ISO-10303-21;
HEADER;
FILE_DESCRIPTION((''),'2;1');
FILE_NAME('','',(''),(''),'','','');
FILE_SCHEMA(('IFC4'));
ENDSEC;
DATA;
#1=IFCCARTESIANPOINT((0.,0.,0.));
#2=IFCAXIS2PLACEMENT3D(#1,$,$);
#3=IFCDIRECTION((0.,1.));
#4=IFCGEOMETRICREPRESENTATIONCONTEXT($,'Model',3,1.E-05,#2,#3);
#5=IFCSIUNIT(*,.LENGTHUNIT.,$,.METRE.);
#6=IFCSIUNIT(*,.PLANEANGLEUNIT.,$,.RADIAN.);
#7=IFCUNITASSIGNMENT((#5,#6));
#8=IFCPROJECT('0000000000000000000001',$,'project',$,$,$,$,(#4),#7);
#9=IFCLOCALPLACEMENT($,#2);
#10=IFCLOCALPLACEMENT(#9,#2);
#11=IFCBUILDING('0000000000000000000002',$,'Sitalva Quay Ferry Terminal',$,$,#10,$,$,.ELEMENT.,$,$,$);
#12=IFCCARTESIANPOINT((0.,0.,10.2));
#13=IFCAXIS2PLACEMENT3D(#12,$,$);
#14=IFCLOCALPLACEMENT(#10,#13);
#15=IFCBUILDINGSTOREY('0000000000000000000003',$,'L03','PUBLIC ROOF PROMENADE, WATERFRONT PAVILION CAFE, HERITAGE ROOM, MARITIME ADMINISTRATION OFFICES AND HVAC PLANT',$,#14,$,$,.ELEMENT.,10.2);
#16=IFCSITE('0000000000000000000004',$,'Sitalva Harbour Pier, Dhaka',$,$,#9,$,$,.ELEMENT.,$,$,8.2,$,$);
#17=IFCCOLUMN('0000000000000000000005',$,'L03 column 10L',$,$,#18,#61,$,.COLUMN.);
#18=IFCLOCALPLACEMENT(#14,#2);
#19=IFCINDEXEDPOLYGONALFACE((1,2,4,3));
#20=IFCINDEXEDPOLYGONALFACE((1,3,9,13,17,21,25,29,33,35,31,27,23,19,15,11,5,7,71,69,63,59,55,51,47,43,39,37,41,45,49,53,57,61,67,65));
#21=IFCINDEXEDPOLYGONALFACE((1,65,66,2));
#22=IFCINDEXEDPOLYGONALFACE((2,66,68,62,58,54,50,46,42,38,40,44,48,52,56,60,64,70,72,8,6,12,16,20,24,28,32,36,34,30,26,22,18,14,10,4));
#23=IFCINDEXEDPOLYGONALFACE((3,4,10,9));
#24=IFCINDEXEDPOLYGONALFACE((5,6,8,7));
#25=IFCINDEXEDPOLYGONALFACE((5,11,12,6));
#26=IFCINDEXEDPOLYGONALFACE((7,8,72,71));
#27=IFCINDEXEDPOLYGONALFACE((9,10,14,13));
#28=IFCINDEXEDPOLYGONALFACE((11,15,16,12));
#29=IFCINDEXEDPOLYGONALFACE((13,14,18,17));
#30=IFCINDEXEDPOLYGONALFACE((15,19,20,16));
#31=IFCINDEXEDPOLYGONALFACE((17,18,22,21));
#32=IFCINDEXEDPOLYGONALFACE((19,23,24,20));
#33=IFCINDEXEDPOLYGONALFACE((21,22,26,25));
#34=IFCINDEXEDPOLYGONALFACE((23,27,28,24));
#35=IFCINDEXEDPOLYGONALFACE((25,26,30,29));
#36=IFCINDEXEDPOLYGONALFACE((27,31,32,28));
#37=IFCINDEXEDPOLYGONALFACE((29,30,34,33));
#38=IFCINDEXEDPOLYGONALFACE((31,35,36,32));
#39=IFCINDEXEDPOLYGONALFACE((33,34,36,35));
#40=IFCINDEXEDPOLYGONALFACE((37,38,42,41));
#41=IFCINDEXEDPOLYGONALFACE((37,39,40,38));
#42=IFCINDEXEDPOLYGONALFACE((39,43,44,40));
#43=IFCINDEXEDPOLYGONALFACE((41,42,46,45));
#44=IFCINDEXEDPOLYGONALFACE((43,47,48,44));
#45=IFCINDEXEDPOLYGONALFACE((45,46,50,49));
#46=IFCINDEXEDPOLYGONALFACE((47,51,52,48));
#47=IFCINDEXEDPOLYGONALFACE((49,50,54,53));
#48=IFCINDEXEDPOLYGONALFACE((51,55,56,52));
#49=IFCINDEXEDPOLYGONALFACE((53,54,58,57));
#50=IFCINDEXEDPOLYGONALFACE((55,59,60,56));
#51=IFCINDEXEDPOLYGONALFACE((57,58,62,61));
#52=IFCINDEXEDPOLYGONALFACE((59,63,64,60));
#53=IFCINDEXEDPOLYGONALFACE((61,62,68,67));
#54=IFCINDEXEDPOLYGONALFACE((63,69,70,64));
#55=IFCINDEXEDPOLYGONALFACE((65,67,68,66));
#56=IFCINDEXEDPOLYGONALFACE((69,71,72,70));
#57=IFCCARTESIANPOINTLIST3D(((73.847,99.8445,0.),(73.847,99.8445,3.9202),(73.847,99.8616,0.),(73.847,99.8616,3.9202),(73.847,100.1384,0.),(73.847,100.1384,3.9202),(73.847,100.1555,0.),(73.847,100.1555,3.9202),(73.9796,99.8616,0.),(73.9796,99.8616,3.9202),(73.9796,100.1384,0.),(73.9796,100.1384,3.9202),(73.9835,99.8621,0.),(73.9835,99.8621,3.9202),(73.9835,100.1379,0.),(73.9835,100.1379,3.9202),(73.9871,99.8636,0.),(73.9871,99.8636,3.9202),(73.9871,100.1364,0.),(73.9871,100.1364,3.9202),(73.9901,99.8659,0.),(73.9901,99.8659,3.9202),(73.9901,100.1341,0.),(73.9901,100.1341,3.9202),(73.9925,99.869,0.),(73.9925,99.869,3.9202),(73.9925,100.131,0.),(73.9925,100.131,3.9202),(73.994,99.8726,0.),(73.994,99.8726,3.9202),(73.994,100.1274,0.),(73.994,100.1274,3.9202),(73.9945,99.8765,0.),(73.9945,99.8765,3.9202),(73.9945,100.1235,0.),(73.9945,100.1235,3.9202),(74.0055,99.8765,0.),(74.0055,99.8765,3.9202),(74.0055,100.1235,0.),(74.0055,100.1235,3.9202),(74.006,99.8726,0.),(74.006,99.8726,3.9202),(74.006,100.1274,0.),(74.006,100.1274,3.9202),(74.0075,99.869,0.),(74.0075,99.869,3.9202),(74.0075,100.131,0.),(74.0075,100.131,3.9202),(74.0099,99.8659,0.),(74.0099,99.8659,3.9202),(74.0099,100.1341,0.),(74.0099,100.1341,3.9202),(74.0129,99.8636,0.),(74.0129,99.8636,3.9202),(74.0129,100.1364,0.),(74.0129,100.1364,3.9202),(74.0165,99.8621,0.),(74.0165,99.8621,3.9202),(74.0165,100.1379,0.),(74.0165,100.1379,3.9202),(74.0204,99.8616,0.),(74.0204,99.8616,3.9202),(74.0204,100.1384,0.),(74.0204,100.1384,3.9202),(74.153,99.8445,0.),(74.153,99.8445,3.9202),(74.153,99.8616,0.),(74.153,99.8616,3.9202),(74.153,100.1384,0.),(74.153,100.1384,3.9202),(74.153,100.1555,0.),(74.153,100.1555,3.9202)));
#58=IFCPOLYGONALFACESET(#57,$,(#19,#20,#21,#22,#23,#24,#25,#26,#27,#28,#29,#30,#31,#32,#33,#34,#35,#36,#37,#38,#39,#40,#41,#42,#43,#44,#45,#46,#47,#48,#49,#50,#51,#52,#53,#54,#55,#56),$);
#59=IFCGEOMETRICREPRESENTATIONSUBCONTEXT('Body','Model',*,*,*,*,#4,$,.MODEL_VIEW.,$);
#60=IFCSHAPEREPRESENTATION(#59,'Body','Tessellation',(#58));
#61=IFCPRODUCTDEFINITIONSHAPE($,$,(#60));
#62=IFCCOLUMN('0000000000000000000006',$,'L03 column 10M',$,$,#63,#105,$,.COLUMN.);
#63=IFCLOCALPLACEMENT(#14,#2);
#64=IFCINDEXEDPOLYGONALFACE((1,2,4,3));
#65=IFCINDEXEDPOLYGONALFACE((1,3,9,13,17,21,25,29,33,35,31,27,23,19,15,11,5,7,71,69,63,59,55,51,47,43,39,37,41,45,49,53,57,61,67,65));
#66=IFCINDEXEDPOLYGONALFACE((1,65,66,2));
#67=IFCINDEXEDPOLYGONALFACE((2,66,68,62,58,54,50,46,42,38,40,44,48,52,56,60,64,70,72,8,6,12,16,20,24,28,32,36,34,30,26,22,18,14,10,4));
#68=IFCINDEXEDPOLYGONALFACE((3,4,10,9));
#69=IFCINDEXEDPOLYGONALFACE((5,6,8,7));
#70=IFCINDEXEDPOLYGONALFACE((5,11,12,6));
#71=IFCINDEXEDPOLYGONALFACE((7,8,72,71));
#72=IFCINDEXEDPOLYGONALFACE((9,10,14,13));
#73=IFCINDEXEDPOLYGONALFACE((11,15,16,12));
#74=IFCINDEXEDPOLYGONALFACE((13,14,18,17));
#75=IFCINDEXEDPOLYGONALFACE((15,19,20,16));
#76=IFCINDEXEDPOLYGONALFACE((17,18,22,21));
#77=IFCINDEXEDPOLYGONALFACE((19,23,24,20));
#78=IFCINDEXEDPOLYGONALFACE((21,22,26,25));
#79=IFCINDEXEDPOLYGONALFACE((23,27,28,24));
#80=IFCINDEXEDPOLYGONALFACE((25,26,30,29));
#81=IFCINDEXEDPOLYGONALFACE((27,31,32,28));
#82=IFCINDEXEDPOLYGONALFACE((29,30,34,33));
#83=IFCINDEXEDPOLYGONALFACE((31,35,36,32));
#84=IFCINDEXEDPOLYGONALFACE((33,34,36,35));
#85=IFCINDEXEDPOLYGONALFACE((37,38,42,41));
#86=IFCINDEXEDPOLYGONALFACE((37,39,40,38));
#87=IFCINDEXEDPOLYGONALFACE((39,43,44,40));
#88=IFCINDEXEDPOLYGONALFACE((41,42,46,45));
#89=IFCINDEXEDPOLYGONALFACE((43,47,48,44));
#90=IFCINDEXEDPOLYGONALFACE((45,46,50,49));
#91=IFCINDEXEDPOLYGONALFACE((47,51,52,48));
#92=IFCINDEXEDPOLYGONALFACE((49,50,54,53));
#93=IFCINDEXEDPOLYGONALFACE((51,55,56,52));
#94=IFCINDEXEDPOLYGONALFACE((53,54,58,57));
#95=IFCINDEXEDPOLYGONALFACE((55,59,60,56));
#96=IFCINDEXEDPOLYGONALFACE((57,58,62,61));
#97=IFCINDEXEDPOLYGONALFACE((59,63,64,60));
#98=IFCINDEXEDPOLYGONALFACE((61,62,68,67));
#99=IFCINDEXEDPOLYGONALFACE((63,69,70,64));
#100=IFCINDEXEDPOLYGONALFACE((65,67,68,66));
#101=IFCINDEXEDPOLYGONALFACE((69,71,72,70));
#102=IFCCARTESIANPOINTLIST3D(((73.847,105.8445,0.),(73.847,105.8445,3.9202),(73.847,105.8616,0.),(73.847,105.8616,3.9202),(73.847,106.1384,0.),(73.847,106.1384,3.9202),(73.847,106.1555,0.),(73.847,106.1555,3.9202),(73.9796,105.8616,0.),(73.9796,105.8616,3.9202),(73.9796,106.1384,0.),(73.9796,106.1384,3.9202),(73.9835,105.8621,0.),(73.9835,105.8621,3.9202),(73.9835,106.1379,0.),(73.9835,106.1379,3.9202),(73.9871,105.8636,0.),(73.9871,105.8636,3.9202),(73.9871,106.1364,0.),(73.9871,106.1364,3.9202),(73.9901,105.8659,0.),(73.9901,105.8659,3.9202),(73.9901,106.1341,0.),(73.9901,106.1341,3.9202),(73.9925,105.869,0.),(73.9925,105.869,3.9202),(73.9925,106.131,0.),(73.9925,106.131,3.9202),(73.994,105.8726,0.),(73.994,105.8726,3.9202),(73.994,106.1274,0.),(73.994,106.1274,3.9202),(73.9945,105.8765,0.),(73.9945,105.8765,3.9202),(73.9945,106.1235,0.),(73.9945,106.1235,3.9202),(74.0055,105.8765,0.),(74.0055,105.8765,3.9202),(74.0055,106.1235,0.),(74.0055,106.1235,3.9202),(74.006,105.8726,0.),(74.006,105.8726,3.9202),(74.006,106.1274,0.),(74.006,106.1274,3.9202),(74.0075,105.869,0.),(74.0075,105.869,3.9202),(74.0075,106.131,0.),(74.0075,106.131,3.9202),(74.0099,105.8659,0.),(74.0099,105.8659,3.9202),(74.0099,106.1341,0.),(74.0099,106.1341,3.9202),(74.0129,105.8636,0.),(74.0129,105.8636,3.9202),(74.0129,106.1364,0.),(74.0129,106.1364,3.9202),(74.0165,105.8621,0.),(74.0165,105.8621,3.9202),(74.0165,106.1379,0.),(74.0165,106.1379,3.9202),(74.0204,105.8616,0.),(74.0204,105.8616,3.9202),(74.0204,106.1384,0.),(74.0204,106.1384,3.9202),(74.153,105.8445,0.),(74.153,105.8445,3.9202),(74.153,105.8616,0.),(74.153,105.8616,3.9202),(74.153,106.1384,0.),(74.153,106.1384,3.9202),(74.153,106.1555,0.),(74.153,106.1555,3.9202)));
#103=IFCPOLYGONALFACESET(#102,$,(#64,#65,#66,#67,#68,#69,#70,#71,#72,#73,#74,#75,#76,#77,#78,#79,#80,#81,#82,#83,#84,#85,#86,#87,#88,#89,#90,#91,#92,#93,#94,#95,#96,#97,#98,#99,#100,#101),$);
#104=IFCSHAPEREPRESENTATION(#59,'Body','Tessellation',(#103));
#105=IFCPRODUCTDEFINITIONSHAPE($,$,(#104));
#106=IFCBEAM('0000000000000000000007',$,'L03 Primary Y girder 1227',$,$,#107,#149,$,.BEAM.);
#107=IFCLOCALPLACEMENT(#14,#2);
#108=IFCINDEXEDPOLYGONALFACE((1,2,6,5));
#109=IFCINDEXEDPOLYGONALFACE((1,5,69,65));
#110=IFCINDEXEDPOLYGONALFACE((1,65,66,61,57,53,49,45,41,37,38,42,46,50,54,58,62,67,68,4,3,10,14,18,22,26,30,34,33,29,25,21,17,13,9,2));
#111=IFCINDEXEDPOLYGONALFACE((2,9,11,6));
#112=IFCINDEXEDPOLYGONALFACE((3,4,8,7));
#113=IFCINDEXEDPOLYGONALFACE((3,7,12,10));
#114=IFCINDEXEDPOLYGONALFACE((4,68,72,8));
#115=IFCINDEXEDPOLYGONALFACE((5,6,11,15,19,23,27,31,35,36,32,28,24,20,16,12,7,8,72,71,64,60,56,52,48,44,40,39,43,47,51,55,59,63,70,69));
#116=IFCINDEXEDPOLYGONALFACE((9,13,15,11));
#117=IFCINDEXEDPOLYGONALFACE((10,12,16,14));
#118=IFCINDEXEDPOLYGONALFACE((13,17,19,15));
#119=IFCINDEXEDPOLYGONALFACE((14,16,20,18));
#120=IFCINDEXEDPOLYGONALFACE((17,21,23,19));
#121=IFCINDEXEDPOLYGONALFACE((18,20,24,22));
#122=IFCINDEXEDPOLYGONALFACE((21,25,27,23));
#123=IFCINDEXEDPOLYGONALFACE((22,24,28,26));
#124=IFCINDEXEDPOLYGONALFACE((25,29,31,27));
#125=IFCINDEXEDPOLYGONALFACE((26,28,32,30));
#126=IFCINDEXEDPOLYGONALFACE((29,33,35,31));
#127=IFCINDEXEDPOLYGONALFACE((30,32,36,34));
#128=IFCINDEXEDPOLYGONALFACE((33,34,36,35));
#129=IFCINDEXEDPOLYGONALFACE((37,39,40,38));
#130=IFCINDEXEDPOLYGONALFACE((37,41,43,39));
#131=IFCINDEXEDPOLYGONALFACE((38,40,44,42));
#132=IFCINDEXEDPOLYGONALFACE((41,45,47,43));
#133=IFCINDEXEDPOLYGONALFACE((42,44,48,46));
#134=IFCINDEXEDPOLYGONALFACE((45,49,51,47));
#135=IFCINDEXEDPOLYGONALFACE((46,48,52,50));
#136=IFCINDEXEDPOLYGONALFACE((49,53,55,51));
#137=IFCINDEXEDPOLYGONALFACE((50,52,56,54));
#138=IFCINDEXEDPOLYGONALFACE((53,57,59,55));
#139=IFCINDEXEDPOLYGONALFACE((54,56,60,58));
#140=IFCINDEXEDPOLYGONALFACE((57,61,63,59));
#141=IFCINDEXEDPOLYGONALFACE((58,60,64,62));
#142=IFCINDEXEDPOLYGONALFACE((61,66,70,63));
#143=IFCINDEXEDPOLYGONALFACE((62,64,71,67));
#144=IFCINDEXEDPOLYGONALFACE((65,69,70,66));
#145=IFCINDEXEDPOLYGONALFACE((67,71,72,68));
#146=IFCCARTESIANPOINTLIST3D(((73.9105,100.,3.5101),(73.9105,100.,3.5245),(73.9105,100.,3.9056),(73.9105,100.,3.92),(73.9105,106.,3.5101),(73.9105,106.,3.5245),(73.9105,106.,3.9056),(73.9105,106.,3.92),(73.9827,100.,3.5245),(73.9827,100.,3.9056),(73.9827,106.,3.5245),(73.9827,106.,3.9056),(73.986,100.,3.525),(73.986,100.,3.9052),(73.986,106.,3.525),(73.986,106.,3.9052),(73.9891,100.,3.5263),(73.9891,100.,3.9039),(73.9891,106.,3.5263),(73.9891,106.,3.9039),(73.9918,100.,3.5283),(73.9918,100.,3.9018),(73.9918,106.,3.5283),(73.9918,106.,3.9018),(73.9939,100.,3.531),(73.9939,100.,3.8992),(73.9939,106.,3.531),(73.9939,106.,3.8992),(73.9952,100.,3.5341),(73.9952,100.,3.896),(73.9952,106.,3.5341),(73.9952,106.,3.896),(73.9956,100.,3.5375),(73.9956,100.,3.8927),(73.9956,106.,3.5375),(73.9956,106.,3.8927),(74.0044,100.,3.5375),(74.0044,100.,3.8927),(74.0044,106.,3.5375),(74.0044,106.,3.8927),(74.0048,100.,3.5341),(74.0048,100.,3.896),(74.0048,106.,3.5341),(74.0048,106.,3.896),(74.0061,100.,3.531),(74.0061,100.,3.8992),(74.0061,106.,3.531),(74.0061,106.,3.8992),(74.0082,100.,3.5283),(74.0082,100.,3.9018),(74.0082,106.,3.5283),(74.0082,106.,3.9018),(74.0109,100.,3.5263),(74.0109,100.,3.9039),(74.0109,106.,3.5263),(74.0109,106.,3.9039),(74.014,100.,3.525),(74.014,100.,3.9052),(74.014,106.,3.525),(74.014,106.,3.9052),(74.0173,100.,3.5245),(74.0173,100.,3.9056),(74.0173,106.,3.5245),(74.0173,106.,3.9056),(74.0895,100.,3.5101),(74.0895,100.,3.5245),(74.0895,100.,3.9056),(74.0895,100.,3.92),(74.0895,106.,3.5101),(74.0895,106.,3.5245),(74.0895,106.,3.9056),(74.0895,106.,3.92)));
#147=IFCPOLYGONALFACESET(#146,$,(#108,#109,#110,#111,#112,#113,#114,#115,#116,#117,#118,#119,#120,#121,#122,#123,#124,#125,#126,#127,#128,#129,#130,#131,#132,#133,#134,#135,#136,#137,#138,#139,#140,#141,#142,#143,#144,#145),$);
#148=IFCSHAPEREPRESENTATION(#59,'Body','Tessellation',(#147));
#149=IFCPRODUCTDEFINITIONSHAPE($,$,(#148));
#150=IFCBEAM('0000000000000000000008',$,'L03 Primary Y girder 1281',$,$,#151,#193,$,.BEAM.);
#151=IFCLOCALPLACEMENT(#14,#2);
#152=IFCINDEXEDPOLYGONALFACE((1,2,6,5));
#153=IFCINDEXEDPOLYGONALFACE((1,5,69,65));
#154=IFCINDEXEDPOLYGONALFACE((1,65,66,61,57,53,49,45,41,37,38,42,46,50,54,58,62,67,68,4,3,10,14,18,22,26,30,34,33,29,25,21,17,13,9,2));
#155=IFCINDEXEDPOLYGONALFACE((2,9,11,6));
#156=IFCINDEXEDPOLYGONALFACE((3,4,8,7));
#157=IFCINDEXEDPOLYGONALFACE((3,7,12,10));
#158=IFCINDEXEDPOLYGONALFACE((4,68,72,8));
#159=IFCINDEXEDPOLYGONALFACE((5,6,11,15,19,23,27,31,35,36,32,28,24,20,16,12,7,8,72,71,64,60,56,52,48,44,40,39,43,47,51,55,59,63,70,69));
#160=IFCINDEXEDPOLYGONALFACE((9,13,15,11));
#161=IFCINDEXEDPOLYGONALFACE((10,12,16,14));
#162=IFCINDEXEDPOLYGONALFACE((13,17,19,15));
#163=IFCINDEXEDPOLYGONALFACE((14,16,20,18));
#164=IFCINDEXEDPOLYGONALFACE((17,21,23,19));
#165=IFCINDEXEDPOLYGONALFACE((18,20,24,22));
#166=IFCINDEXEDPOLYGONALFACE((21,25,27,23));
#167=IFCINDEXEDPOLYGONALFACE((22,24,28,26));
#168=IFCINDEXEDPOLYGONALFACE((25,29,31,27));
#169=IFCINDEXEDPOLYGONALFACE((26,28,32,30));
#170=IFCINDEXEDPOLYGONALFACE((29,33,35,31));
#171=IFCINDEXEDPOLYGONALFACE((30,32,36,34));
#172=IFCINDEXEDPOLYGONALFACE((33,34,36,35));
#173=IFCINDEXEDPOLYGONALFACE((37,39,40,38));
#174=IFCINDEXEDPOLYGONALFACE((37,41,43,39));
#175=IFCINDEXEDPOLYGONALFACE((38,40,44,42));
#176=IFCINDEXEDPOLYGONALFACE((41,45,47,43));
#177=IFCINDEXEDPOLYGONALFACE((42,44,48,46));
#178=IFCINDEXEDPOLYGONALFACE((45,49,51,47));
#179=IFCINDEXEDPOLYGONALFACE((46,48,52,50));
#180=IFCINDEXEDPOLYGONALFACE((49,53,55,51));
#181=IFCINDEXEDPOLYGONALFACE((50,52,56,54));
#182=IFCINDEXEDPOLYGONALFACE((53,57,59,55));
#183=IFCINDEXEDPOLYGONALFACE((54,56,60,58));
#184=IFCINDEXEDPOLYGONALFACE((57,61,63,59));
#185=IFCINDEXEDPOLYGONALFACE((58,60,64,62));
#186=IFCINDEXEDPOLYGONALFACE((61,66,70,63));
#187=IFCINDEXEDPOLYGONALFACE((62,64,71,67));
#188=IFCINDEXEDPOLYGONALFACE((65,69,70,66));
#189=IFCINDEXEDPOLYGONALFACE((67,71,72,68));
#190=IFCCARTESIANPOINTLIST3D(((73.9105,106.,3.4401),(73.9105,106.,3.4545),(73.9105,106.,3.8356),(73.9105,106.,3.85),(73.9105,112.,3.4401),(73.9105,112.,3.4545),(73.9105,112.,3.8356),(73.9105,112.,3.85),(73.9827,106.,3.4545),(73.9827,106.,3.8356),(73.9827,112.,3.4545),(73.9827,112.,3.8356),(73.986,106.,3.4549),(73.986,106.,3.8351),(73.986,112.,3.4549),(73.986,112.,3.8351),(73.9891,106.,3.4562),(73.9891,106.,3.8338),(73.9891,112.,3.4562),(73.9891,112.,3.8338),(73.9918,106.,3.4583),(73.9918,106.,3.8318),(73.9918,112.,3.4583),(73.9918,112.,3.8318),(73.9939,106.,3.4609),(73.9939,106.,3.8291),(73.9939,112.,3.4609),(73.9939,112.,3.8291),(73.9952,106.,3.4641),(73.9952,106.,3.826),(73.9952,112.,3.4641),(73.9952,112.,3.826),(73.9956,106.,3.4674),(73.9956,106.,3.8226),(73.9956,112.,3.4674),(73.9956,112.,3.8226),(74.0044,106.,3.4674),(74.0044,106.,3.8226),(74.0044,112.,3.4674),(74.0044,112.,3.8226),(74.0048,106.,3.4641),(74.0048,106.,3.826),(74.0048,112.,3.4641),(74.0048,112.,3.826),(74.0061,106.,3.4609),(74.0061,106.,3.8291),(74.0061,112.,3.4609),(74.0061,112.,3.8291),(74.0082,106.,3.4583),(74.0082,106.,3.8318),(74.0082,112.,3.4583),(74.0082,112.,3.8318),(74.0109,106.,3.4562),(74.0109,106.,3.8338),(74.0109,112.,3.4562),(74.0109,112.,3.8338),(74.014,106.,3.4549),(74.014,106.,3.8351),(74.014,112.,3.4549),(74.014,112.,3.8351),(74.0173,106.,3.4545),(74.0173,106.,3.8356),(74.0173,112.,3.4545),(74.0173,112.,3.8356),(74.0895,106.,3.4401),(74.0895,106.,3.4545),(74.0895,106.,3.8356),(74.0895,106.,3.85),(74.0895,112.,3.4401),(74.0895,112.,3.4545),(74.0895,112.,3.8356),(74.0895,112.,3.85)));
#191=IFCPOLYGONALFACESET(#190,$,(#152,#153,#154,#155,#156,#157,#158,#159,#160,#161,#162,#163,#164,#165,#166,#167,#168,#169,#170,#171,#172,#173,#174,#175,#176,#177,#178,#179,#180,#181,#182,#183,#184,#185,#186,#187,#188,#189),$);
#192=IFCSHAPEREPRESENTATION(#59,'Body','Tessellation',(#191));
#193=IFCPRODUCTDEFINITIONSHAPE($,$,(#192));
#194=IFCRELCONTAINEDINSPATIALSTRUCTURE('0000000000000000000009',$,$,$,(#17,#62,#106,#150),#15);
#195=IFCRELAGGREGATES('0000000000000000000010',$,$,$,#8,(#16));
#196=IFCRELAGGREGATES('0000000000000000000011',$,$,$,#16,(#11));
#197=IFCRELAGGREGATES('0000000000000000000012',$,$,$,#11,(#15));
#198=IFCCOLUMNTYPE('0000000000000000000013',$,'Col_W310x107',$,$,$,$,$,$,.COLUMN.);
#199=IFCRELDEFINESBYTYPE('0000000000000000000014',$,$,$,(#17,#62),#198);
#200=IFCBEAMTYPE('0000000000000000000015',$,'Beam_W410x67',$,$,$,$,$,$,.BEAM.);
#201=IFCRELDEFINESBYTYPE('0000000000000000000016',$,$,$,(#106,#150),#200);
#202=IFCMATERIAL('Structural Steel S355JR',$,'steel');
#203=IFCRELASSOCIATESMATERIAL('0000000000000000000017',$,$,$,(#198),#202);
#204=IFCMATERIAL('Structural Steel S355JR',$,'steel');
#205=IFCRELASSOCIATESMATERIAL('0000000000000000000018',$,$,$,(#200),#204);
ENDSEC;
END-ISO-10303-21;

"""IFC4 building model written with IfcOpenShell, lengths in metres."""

from ifc_helpers import new_model, si_unit, direction, frame, origin, origin_2d, place, context, subcontext, project, spatial, i_section, extrude, material, material_profile, profile_set, type_object, element, save


model = new_model("IFC4")

# Units and contexts
model_context = context("Model", 3, precision=1e-05, world=origin(), true_north=direction((0.0, 1.0)))
body_context = subcontext(model_context, "Body", "Model", "MODEL_VIEW")
ifc_project = project(units=[si_unit("LENGTHUNIT", "METRE"), si_unit("PLANEANGLEUNIT", "RADIAN")], contexts=[model_context])

# Site, building, storey
site_placement = place(None, origin())
site = spatial("IfcSite", under=ifc_project, at=site_placement, Name="Sitalva Harbour Pier, Dhaka", CompositionType="ELEMENT", RefElevation=8.2)
building_placement = place(site_placement, origin())
building = spatial("IfcBuilding", under=site, at=building_placement, Name="Sitalva Quay Ferry Terminal", CompositionType="ELEMENT")
storey_placement = place(building_placement, frame((0.0, 0.0, 10.2)))
storey = spatial("IfcBuildingStorey", under=building, at=storey_placement, Name="L03", Description="PUBLIC ROOF PROMENADE, WATERFRONT PAVILION CAFE, HERITAGE ROOM, MARITIME ADMINISTRATION OFFICES AND HVAC PLANT", CompositionType="ELEMENT", Elevation=10.2)

# Columns
ifc_material_1 = material(Name="Structural Steel S355JR", Category="steel")
ifc_material_profile_1 = material_profile(ifc_material_1, i_section(OverallWidth=0.3059, OverallDepth=0.311, WebThickness=0.011, FlangeThickness=0.0171, FilletRadius=0.0149, at=origin_2d()), Name="W310x107")
ifc_profile_set_1 = profile_set([ifc_material_profile_1], Name="Structural Steel S355JR")
column_type = type_object("IfcColumnType", Name="Col_W310x107", PredefinedType="COLUMN", material=ifc_profile_set_1)
for number, where, z_axis, x_axis, name in (
    (1, (74.0, 100.0, 0.0), (0.0, 0.0, 1.0), (1.0, 0.0, 0.0), "L03 column 10L"),
    (2, (74.0, 106.0, 0.0), (0.0, 0.0, 1.0), (1.0, 0.0, 0.0), "L03 column 10M"),
):
    element("IfcColumn", number, at=place(storey_placement, frame(where, z_axis=z_axis, x_axis=x_axis)), inside=storey, type_object=column_type, Name=name, PredefinedType="COLUMN", context=body_context, shape_type="SweptSolid", body=[
        extrude(i_section(OverallWidth=0.3059, OverallDepth=0.311, WebThickness=0.011, FlangeThickness=0.0171, FilletRadius=0.0149, at=origin_2d()), origin(), (0.0, 0.0, 1.0), 3.9202),
    ])

# Beams
ifc_material_2 = material(Name="Structural Steel S355JR", Category="steel")
ifc_material_profile_2 = material_profile(ifc_material_2, i_section(OverallWidth=0.179, OverallDepth=0.4099, WebThickness=0.0088, FlangeThickness=0.0144, FilletRadius=0.0129, at=origin_2d()), Name="W410x67")
ifc_profile_set_2 = profile_set([ifc_material_profile_2], Name="Structural Steel S355JR")
beam_type_1 = type_object("IfcBeamType", Name="Beam_W410x67", PredefinedType="BEAM", material=ifc_profile_set_2)
for number, where, z_axis, x_axis, name in (
    (3, (74.0, 100.0, 3.7151), (0.0, 1.0, 0.0), (-1.0, 0.0, 0.0), "L03 Primary Y girder 1227"),
    (4, (74.0, 106.0, 3.645), (0.0, 1.0, 0.0), (-1.0, 0.0, 0.0), "L03 Primary Y girder 1281"),
):
    element("IfcBeam", number, at=place(storey_placement, frame(where, z_axis=z_axis, x_axis=x_axis)), inside=storey, type_object=beam_type_1, Name=name, PredefinedType="BEAM", context=body_context, shape_type="SweptSolid", body=[
        extrude(i_section(OverallWidth=0.179, OverallDepth=0.4099, WebThickness=0.0088, FlangeThickness=0.0144, FilletRadius=0.0129, at=origin_2d()), origin(), (0.0, 0.0, 1.0), 6.0),
    ])

save(model, "model.ifc")
